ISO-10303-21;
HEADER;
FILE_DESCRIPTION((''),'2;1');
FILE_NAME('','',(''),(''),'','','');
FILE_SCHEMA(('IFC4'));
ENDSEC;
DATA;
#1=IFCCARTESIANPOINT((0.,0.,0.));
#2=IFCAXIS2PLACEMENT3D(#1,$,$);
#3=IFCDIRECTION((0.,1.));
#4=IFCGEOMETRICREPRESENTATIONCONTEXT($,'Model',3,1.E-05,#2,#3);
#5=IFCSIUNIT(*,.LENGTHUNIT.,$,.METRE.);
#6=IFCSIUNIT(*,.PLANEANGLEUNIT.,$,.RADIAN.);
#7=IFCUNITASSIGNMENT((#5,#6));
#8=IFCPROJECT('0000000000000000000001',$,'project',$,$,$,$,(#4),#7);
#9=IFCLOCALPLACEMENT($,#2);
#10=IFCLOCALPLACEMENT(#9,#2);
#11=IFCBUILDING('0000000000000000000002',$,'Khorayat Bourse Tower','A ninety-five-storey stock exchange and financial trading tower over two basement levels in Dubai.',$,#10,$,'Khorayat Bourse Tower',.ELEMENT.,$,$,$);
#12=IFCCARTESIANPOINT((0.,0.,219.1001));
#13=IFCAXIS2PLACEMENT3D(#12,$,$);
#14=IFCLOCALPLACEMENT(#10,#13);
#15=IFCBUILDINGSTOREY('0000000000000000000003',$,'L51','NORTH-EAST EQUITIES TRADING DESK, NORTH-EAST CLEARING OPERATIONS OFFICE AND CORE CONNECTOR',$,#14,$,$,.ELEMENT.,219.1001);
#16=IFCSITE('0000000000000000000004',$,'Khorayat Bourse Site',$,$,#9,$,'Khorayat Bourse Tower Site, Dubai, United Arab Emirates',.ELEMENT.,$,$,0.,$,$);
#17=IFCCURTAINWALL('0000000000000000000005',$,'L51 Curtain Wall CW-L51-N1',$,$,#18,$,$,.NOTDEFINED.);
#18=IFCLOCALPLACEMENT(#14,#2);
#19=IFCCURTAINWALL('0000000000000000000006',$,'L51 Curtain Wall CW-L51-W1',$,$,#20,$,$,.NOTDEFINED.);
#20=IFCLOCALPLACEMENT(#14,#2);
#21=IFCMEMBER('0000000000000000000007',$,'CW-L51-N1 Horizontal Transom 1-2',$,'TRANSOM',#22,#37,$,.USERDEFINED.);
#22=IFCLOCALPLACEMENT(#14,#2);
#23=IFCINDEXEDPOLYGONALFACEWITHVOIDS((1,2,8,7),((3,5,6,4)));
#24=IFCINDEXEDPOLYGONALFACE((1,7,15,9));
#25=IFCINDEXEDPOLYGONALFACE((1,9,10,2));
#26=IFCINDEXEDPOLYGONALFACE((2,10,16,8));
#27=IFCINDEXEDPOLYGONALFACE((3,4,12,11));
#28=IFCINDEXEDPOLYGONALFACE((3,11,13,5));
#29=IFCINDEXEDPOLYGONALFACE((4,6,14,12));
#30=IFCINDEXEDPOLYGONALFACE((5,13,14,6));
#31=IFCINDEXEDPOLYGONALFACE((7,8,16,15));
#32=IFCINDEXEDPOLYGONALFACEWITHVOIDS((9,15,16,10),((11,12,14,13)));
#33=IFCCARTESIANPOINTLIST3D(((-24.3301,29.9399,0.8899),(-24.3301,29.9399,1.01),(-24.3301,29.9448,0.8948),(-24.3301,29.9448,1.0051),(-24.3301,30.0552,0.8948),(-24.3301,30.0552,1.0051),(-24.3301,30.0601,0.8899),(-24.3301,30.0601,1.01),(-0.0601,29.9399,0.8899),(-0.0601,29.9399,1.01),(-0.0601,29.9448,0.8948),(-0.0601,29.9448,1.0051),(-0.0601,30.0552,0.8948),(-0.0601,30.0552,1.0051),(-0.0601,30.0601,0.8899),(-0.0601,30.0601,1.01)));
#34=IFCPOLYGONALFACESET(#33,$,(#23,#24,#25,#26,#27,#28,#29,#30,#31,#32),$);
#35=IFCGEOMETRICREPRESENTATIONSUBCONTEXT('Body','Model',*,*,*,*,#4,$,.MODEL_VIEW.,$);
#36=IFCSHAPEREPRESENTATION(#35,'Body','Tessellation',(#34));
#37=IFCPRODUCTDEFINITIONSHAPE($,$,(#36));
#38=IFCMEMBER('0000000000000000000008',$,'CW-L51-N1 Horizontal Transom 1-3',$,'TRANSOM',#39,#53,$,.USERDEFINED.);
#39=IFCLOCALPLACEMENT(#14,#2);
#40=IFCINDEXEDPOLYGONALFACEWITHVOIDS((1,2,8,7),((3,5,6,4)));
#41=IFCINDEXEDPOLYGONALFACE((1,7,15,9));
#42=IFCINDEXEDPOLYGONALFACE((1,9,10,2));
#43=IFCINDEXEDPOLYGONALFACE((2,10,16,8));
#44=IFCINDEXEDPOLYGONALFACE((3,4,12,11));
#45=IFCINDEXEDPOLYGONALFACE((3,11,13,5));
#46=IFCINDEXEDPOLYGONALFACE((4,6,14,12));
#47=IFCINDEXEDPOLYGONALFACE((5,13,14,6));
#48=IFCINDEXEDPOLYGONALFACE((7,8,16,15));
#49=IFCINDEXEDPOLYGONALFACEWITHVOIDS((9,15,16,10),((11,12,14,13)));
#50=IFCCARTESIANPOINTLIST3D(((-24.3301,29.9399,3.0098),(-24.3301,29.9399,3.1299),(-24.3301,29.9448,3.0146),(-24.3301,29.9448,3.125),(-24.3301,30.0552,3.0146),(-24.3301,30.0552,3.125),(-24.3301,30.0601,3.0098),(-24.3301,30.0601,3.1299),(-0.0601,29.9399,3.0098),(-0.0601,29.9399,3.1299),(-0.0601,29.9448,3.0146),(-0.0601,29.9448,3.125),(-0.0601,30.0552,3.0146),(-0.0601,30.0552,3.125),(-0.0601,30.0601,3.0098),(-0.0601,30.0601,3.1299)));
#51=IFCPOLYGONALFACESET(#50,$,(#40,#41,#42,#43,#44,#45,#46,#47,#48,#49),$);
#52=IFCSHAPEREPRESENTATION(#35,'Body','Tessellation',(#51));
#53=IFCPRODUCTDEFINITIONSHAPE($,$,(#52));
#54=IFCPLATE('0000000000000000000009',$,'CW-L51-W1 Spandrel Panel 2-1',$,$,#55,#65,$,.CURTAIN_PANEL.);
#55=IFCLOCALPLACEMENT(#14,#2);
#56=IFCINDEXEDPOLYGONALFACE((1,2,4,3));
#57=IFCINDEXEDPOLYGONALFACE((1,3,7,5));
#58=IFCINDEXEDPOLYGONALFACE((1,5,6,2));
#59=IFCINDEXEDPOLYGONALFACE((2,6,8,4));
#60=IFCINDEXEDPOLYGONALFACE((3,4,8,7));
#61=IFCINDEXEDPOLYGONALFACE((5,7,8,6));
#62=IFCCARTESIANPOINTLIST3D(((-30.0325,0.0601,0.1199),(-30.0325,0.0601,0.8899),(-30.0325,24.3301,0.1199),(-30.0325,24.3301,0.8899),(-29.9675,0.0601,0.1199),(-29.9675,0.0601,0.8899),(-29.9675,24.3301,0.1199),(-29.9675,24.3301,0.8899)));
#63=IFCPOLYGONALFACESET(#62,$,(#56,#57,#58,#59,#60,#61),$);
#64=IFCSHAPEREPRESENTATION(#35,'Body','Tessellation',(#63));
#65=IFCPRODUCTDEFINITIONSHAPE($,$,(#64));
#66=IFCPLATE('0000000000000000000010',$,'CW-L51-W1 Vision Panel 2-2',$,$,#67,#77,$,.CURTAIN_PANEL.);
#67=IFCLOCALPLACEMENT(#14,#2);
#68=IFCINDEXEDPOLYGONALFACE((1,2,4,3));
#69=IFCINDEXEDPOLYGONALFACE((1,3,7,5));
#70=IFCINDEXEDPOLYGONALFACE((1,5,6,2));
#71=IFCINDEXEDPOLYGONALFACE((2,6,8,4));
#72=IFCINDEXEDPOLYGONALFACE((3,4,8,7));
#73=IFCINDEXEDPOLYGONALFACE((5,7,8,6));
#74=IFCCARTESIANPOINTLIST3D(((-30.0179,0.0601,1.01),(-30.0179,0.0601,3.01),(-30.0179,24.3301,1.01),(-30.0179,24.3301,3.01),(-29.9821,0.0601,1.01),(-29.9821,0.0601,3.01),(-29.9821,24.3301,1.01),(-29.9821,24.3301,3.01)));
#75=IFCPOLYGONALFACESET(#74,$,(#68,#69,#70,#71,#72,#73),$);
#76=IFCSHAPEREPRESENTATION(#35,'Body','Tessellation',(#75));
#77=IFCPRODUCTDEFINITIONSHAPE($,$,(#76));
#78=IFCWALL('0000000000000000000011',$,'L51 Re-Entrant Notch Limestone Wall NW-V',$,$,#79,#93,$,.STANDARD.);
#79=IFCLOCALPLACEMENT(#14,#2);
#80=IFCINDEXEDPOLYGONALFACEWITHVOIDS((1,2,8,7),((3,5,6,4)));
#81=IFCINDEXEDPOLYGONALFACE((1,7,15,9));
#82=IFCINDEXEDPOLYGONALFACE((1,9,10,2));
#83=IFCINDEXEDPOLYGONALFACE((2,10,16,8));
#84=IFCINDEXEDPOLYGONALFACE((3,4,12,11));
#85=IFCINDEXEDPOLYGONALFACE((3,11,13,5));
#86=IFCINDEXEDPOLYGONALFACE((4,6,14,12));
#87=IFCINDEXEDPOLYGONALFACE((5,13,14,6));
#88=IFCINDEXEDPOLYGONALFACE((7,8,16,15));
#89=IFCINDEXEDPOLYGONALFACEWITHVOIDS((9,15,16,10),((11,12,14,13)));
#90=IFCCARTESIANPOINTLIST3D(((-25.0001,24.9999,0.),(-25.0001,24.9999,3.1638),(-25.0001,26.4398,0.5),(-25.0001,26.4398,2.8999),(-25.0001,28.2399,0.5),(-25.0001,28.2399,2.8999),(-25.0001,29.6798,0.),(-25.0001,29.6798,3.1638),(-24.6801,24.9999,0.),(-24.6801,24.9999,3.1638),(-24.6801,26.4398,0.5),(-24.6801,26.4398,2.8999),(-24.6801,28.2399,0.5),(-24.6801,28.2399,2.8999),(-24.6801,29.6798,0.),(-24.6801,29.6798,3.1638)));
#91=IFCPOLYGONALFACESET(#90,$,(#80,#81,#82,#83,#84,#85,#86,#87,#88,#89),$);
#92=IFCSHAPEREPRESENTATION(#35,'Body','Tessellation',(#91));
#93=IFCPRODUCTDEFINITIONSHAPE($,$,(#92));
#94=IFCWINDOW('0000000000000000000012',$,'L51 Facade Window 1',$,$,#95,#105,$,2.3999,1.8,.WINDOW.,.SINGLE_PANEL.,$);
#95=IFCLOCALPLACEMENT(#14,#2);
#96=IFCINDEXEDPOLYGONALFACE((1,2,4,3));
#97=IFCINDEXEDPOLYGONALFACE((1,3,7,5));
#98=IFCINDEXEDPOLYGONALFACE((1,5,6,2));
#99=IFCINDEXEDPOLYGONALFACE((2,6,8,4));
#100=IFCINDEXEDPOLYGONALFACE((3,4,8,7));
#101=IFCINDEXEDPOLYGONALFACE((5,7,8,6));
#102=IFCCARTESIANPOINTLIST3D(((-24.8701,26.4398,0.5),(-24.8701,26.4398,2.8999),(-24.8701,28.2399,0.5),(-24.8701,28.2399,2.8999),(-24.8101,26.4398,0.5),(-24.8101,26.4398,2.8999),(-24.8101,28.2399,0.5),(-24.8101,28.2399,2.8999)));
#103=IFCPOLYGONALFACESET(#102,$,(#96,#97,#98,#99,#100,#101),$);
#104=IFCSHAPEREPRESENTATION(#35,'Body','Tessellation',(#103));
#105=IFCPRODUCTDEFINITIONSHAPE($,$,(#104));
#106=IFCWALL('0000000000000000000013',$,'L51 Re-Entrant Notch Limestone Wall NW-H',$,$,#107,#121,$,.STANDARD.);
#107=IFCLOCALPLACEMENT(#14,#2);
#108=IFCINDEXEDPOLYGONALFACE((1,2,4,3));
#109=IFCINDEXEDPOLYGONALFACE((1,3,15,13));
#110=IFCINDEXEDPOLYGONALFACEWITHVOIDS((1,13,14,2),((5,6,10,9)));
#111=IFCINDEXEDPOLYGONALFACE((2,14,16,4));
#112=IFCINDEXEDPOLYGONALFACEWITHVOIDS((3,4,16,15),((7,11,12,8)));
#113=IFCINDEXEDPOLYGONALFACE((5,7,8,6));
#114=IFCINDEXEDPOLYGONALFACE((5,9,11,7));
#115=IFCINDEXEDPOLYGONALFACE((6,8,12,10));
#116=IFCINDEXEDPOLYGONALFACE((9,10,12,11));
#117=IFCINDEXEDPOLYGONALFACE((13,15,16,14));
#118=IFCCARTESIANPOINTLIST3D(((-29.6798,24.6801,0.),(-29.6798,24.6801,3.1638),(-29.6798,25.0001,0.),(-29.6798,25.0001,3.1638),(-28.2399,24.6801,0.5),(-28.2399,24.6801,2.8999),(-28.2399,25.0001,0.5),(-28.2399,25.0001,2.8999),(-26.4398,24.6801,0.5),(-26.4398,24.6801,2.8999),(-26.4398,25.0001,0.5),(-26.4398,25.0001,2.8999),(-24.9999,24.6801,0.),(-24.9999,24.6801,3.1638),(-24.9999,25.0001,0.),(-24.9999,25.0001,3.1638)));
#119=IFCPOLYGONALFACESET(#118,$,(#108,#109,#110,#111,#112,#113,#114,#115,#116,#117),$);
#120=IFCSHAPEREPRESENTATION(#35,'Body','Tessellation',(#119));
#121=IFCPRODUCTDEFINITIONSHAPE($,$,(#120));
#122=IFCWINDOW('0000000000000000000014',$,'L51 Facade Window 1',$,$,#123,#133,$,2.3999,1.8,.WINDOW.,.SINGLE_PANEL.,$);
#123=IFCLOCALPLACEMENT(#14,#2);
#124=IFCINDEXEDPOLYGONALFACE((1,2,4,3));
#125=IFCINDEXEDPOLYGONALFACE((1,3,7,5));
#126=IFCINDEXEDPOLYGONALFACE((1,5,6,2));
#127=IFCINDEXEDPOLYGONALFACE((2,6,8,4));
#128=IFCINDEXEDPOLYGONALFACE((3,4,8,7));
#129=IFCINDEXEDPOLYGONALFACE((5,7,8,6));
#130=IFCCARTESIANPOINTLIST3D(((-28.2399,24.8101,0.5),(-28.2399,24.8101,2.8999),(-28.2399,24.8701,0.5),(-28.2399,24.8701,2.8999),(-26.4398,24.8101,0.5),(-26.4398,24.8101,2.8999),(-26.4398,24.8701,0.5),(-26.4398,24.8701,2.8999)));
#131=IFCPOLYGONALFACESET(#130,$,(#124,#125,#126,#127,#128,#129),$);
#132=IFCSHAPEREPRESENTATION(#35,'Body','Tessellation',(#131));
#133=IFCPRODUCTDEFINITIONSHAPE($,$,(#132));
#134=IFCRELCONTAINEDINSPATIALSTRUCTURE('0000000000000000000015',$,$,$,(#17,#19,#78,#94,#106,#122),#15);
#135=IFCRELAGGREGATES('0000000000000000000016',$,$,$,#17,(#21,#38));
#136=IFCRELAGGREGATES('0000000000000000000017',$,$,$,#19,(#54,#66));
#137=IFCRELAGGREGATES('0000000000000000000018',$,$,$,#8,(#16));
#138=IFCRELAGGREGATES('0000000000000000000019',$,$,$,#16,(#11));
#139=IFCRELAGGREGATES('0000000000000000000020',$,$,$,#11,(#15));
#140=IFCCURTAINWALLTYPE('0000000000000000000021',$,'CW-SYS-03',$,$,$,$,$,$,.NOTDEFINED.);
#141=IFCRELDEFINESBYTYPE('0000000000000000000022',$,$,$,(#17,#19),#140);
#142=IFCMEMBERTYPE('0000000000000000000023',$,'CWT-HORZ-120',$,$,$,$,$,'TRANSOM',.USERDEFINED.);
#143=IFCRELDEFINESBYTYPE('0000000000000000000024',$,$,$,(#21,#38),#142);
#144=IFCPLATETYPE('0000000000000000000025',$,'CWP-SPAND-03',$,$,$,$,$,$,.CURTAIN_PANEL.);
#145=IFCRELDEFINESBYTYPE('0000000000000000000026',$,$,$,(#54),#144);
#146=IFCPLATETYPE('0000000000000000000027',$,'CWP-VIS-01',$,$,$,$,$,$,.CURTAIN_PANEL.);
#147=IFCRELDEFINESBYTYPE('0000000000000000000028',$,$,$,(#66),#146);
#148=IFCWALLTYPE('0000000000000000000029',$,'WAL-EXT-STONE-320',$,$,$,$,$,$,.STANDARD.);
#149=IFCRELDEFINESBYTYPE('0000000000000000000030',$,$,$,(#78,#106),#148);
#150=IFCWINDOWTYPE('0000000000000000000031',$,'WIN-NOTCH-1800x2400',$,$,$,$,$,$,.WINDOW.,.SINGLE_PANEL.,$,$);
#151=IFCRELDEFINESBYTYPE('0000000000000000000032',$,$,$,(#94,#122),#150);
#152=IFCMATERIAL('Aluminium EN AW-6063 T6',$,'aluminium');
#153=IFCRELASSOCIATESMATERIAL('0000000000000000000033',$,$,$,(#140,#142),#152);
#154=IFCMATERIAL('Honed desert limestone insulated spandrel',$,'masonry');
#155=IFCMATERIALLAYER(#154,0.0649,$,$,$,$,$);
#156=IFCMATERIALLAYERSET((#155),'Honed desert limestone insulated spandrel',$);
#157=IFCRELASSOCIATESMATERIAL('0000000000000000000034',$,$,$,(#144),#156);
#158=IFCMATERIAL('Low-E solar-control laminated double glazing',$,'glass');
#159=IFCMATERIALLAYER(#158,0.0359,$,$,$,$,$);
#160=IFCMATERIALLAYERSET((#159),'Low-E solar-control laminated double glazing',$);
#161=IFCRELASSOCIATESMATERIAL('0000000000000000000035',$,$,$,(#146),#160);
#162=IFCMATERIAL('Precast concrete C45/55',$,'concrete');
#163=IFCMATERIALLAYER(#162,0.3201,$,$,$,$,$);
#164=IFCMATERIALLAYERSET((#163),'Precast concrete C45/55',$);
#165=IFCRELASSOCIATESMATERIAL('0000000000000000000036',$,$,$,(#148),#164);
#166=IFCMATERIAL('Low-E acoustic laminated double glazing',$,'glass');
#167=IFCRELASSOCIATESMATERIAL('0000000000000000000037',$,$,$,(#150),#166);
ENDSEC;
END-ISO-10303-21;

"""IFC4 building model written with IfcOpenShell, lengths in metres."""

from ifc_helpers import new_model, si_unit, direction, frame, frame_2d, origin, origin_2d, place, context, subcontext, project, spatial, rectangle, hollow_rectangle, extrude, source, transform, mapped, material, layer, layer_set, material_profile, profile_set, type_object, element, fill, aggregate, save


model = new_model("IFC4")

# Units and contexts
model_context = context("Model", 3, precision=1e-05, world=origin(), true_north=direction((0.0, 1.0)))
body_context = subcontext(model_context, "Body", "Model", "MODEL_VIEW")
ifc_project = project(units=[si_unit("LENGTHUNIT", "METRE"), si_unit("PLANEANGLEUNIT", "RADIAN")], contexts=[model_context])

# Site, building, storey
site_placement = place(None, origin())
site = spatial("IfcSite", under=ifc_project, at=site_placement, Name="Khorayat Bourse Site", LongName="Khorayat Bourse Tower Site, Dubai, United Arab Emirates", CompositionType="ELEMENT", RefElevation=0.0)
building_placement = place(site_placement, origin())
building = spatial("IfcBuilding", under=site, at=building_placement, Name="Khorayat Bourse Tower", Description="A ninety-five-storey stock exchange and financial trading tower over two basement levels in Dubai.", LongName="Khorayat Bourse Tower", CompositionType="ELEMENT")
storey_placement = place(building_placement, frame((0.0, 0.0, 219.1001)))
storey = spatial("IfcBuildingStorey", under=building, at=storey_placement, Name="L51", Description="NORTH-EAST EQUITIES TRADING DESK, NORTH-EAST CLEARING OPERATIONS OFFICE AND CORE CONNECTOR", CompositionType="ELEMENT", Elevation=219.1001)

# Curtain wall
ifc_material_1 = material(Name="Aluminium EN AW-6063 T6", Category="aluminium")
curtain_wall_type = type_object("IfcCurtainWallType", Name="CW-SYS-03", PredefinedType="NOTDEFINED", material=ifc_material_1)
curtain_wall_1_placement = place(storey_placement, origin())
curtain_wall_1 = element("IfcCurtainWall", 1, at=curtain_wall_1_placement, inside=storey, type_object=curtain_wall_type, Name="L51 Curtain Wall CW-L51-N1", PredefinedType="NOTDEFINED")

# Curtain wall
curtain_wall_2_placement = place(storey_placement, origin())
curtain_wall_2 = element("IfcCurtainWall", 2, at=curtain_wall_2_placement, inside=storey, type_object=curtain_wall_type, Name="L51 Curtain Wall CW-L51-W1", PredefinedType="NOTDEFINED")

# Members
ifc_material_profile_1 = material_profile(ifc_material_1, hollow_rectangle(XDim=0.1201, YDim=0.1201, WallThickness=0.0049, at=origin_2d()), Name="ALU 120x120x5")
ifc_profile_set_1 = profile_set([ifc_material_profile_1], Name="Aluminium EN AW-6063 T6")
member_type_1 = type_object("IfcMemberType", Name="CWT-HORZ-120", ElementType="TRANSOM", PredefinedType="USERDEFINED", material=ifc_profile_set_1)
shared_shape_1 = source(origin(), body_context, "Body", "SweptSolid", [
    extrude(hollow_rectangle(XDim=0.1201, YDim=0.1201, WallThickness=0.0049, at=origin_2d()), origin(), (0.0, 0.0, 1.0), 24.27),
])
member_1_placement = place(storey_placement, frame((-24.3301, 30.0, 0.95), z_axis=(1.0, 0.0, 0.0), x_axis=(0.0, 1.0, 0.0)))
member_1 = element("IfcMember", 3, at=member_1_placement, type_object=member_type_1, Name="CW-L51-N1 Horizontal Transom 1-2", ObjectType="TRANSOM", PredefinedType="USERDEFINED", context=body_context, shape_type="MappedRepresentation", body=[
    mapped(shared_shape_1, transform((0.0, 0.0, 0.0), scale=1.0)),
])
member_2_placement = place(storey_placement, frame((-24.3301, 30.0, 3.0698), z_axis=(1.0, 0.0, 0.0), x_axis=(0.0, 1.0, 0.0)))
member_2 = element("IfcMember", 4, at=member_2_placement, type_object=member_type_1, Name="CW-L51-N1 Horizontal Transom 1-3", ObjectType="TRANSOM", PredefinedType="USERDEFINED", context=body_context, shape_type="MappedRepresentation", body=[
    mapped(shared_shape_1, transform((0.0, 0.0, 0.0), scale=1.0)),
])
aggregate(curtain_wall_1, [member_1, member_2])

# Plates
ifc_material_2 = material(Name="Honed desert limestone insulated spandrel", Category="masonry")
ifc_layer_1 = layer(ifc_material_2, 0.0649)
ifc_layer_set_1 = layer_set([ifc_layer_1], Name="Honed desert limestone insulated spandrel")
plate_type_1 = type_object("IfcPlateType", Name="CWP-SPAND-03", PredefinedType="CURTAIN_PANEL", material=ifc_layer_set_1)
shared_shape_2 = source(origin(), body_context, "Body", "SweptSolid", [
    extrude(rectangle(XDim=24.27, YDim=0.0649, at=origin_2d()), origin(), (0.0, 0.0, 1.0), 0.77),
])
plate_1_placement = place(storey_placement, frame((-30.0, 12.1951, 0.1199), z_axis=(0.0, 0.0, 1.0), x_axis=(0.0, 1.0, 0.0)))
plate_1 = element("IfcPlate", 5, at=plate_1_placement, type_object=plate_type_1, Name="CW-L51-W1 Spandrel Panel 2-1", PredefinedType="CURTAIN_PANEL", context=body_context, shape_type="MappedRepresentation", body=[
    mapped(shared_shape_2, transform((0.0, 0.0, 0.0), scale=1.0)),
])
ifc_material_3 = material(Name="Low-E solar-control laminated double glazing", Category="glass")
ifc_layer_2 = layer(ifc_material_3, 0.0359)
ifc_layer_set_2 = layer_set([ifc_layer_2], Name="Low-E solar-control laminated double glazing")
plate_type_2 = type_object("IfcPlateType", Name="CWP-VIS-01", PredefinedType="CURTAIN_PANEL", material=ifc_layer_set_2)
shared_shape_3 = source(origin(), body_context, "Body", "SweptSolid", [
    extrude(rectangle(XDim=24.27, YDim=0.0359, at=origin_2d()), origin(), (0.0, 0.0, 1.0), 2.0),
])
plate_2_placement = place(storey_placement, frame((-30.0, 12.1951, 1.01), z_axis=(0.0, 0.0, 1.0), x_axis=(0.0, 1.0, 0.0)))
plate_2 = element("IfcPlate", 6, at=plate_2_placement, type_object=plate_type_2, Name="CW-L51-W1 Vision Panel 2-2", PredefinedType="CURTAIN_PANEL", context=body_context, shape_type="MappedRepresentation", body=[
    mapped(shared_shape_3, transform((0.0, 0.0, 0.0), scale=1.0)),
])
aggregate(curtain_wall_2, [plate_1, plate_2])

# Walls, openings, windows
ifc_material_4 = material(Name="Precast concrete C45/55", Category="concrete")
ifc_layer_3 = layer(ifc_material_4, 0.3201)
ifc_layer_set_3 = layer_set([ifc_layer_3], Name="Precast concrete C45/55")
wall_type = type_object("IfcWallType", Name="WAL-EXT-STONE-320", PredefinedType="STANDARD", material=ifc_layer_set_3)
shared_shape_4 = source(origin(), body_context, "Body", "SweptSolid", [
    extrude(rectangle(XDim=4.6799, YDim=0.3201, at=frame_2d((2.3398, 0.0))), origin(), (0.0, 0.0, 1.0), 3.1638),
])
wall_1_placement = place(storey_placement, frame((-24.8401, 25.0, 0.0), z_axis=(0.0, 0.0, 1.0), x_axis=(0.0, 1.0, 0.0)))
wall_1 = element("IfcWall", 7, at=wall_1_placement, inside=storey, type_object=wall_type, Name="L51 Re-Entrant Notch Limestone Wall NW-V", PredefinedType="STANDARD", context=body_context, shape_type="MappedRepresentation", body=[
    mapped(shared_shape_4, transform((0.0, 0.0, 0.0), scale=1.0)),
])
shared_shape_5 = source(origin(), body_context, "Body", "SweptSolid", [
    extrude(rectangle(XDim=1.8, YDim=2.3999, at=frame_2d((0.8999, 1.2))), frame((0.0, 0.1699, 0.0), z_axis=(0.0, -1.0, 0.0), x_axis=(1.0, 0.0, 0.0)), (0.0, 0.0, 1.0), 0.3401),
])
opening_1_placement = place(wall_1_placement, frame((1.4399, 0.0, 0.5)))
opening_1 = element("IfcOpeningElement", 8, at=opening_1_placement, cuts=wall_1, PredefinedType="OPENING", context=body_context, shape_type="MappedRepresentation", body=[
    mapped(shared_shape_5, transform((0.0, 0.0, 0.0), scale=1.0)),
])
ifc_material_5 = material(Name="Low-E acoustic laminated double glazing", Category="glass")
window_type = type_object("IfcWindowType", Name="WIN-NOTCH-1800x2400", PartitioningType="SINGLE_PANEL", PredefinedType="WINDOW", material=ifc_material_5)
shared_shape_6 = source(origin(), body_context, "Body", "SweptSolid", [
    extrude(rectangle(XDim=1.8, YDim=2.3999, at=frame_2d((0.8999, 1.2))), frame((0.0, 0.03, 0.0), z_axis=(0.0, -1.0, 0.0), x_axis=(1.0, 0.0, 0.0)), (0.0, 0.0, 1.0), 0.0601),
])
window_1_placement = place(opening_1_placement, origin())
window_1 = element("IfcWindow", 9, at=window_1_placement, inside=storey, type_object=window_type, Name="L51 Facade Window 1", OverallHeight=2.3999, OverallWidth=1.8, PartitioningType="SINGLE_PANEL", PredefinedType="WINDOW", context=body_context, shape_type="MappedRepresentation", body=[
    mapped(shared_shape_6, transform((0.0, 0.0, 0.0), scale=1.0)),
])
fill(opening_1, window_1)
wall_2_placement = place(storey_placement, frame((-25.0, 24.8401, 0.0), z_axis=(0.0, 0.0, 1.0), x_axis=(-1.0, 0.0, 0.0)))
wall_2 = element("IfcWall", 10, at=wall_2_placement, inside=storey, type_object=wall_type, Name="L51 Re-Entrant Notch Limestone Wall NW-H", PredefinedType="STANDARD", context=body_context, shape_type="MappedRepresentation", body=[
    mapped(shared_shape_4, transform((0.0, 0.0, 0.0), scale=1.0)),
])
opening_2_placement = place(wall_2_placement, frame((1.4399, 0.0, 0.5)))
opening_2 = element("IfcOpeningElement", 11, at=opening_2_placement, cuts=wall_2, PredefinedType="OPENING", context=body_context, shape_type="MappedRepresentation", body=[
    mapped(shared_shape_5, transform((0.0, 0.0, 0.0), scale=1.0)),
])
window_2_placement = place(opening_2_placement, origin())
window_2 = element("IfcWindow", 12, at=window_2_placement, inside=storey, type_object=window_type, Name="L51 Facade Window 1", OverallHeight=2.3999, OverallWidth=1.8, PartitioningType="SINGLE_PANEL", PredefinedType="WINDOW", context=body_context, shape_type="MappedRepresentation", body=[
    mapped(shared_shape_6, transform((0.0, 0.0, 0.0), scale=1.0)),
])
fill(opening_2, window_2)

save(model, "model.ifc")
